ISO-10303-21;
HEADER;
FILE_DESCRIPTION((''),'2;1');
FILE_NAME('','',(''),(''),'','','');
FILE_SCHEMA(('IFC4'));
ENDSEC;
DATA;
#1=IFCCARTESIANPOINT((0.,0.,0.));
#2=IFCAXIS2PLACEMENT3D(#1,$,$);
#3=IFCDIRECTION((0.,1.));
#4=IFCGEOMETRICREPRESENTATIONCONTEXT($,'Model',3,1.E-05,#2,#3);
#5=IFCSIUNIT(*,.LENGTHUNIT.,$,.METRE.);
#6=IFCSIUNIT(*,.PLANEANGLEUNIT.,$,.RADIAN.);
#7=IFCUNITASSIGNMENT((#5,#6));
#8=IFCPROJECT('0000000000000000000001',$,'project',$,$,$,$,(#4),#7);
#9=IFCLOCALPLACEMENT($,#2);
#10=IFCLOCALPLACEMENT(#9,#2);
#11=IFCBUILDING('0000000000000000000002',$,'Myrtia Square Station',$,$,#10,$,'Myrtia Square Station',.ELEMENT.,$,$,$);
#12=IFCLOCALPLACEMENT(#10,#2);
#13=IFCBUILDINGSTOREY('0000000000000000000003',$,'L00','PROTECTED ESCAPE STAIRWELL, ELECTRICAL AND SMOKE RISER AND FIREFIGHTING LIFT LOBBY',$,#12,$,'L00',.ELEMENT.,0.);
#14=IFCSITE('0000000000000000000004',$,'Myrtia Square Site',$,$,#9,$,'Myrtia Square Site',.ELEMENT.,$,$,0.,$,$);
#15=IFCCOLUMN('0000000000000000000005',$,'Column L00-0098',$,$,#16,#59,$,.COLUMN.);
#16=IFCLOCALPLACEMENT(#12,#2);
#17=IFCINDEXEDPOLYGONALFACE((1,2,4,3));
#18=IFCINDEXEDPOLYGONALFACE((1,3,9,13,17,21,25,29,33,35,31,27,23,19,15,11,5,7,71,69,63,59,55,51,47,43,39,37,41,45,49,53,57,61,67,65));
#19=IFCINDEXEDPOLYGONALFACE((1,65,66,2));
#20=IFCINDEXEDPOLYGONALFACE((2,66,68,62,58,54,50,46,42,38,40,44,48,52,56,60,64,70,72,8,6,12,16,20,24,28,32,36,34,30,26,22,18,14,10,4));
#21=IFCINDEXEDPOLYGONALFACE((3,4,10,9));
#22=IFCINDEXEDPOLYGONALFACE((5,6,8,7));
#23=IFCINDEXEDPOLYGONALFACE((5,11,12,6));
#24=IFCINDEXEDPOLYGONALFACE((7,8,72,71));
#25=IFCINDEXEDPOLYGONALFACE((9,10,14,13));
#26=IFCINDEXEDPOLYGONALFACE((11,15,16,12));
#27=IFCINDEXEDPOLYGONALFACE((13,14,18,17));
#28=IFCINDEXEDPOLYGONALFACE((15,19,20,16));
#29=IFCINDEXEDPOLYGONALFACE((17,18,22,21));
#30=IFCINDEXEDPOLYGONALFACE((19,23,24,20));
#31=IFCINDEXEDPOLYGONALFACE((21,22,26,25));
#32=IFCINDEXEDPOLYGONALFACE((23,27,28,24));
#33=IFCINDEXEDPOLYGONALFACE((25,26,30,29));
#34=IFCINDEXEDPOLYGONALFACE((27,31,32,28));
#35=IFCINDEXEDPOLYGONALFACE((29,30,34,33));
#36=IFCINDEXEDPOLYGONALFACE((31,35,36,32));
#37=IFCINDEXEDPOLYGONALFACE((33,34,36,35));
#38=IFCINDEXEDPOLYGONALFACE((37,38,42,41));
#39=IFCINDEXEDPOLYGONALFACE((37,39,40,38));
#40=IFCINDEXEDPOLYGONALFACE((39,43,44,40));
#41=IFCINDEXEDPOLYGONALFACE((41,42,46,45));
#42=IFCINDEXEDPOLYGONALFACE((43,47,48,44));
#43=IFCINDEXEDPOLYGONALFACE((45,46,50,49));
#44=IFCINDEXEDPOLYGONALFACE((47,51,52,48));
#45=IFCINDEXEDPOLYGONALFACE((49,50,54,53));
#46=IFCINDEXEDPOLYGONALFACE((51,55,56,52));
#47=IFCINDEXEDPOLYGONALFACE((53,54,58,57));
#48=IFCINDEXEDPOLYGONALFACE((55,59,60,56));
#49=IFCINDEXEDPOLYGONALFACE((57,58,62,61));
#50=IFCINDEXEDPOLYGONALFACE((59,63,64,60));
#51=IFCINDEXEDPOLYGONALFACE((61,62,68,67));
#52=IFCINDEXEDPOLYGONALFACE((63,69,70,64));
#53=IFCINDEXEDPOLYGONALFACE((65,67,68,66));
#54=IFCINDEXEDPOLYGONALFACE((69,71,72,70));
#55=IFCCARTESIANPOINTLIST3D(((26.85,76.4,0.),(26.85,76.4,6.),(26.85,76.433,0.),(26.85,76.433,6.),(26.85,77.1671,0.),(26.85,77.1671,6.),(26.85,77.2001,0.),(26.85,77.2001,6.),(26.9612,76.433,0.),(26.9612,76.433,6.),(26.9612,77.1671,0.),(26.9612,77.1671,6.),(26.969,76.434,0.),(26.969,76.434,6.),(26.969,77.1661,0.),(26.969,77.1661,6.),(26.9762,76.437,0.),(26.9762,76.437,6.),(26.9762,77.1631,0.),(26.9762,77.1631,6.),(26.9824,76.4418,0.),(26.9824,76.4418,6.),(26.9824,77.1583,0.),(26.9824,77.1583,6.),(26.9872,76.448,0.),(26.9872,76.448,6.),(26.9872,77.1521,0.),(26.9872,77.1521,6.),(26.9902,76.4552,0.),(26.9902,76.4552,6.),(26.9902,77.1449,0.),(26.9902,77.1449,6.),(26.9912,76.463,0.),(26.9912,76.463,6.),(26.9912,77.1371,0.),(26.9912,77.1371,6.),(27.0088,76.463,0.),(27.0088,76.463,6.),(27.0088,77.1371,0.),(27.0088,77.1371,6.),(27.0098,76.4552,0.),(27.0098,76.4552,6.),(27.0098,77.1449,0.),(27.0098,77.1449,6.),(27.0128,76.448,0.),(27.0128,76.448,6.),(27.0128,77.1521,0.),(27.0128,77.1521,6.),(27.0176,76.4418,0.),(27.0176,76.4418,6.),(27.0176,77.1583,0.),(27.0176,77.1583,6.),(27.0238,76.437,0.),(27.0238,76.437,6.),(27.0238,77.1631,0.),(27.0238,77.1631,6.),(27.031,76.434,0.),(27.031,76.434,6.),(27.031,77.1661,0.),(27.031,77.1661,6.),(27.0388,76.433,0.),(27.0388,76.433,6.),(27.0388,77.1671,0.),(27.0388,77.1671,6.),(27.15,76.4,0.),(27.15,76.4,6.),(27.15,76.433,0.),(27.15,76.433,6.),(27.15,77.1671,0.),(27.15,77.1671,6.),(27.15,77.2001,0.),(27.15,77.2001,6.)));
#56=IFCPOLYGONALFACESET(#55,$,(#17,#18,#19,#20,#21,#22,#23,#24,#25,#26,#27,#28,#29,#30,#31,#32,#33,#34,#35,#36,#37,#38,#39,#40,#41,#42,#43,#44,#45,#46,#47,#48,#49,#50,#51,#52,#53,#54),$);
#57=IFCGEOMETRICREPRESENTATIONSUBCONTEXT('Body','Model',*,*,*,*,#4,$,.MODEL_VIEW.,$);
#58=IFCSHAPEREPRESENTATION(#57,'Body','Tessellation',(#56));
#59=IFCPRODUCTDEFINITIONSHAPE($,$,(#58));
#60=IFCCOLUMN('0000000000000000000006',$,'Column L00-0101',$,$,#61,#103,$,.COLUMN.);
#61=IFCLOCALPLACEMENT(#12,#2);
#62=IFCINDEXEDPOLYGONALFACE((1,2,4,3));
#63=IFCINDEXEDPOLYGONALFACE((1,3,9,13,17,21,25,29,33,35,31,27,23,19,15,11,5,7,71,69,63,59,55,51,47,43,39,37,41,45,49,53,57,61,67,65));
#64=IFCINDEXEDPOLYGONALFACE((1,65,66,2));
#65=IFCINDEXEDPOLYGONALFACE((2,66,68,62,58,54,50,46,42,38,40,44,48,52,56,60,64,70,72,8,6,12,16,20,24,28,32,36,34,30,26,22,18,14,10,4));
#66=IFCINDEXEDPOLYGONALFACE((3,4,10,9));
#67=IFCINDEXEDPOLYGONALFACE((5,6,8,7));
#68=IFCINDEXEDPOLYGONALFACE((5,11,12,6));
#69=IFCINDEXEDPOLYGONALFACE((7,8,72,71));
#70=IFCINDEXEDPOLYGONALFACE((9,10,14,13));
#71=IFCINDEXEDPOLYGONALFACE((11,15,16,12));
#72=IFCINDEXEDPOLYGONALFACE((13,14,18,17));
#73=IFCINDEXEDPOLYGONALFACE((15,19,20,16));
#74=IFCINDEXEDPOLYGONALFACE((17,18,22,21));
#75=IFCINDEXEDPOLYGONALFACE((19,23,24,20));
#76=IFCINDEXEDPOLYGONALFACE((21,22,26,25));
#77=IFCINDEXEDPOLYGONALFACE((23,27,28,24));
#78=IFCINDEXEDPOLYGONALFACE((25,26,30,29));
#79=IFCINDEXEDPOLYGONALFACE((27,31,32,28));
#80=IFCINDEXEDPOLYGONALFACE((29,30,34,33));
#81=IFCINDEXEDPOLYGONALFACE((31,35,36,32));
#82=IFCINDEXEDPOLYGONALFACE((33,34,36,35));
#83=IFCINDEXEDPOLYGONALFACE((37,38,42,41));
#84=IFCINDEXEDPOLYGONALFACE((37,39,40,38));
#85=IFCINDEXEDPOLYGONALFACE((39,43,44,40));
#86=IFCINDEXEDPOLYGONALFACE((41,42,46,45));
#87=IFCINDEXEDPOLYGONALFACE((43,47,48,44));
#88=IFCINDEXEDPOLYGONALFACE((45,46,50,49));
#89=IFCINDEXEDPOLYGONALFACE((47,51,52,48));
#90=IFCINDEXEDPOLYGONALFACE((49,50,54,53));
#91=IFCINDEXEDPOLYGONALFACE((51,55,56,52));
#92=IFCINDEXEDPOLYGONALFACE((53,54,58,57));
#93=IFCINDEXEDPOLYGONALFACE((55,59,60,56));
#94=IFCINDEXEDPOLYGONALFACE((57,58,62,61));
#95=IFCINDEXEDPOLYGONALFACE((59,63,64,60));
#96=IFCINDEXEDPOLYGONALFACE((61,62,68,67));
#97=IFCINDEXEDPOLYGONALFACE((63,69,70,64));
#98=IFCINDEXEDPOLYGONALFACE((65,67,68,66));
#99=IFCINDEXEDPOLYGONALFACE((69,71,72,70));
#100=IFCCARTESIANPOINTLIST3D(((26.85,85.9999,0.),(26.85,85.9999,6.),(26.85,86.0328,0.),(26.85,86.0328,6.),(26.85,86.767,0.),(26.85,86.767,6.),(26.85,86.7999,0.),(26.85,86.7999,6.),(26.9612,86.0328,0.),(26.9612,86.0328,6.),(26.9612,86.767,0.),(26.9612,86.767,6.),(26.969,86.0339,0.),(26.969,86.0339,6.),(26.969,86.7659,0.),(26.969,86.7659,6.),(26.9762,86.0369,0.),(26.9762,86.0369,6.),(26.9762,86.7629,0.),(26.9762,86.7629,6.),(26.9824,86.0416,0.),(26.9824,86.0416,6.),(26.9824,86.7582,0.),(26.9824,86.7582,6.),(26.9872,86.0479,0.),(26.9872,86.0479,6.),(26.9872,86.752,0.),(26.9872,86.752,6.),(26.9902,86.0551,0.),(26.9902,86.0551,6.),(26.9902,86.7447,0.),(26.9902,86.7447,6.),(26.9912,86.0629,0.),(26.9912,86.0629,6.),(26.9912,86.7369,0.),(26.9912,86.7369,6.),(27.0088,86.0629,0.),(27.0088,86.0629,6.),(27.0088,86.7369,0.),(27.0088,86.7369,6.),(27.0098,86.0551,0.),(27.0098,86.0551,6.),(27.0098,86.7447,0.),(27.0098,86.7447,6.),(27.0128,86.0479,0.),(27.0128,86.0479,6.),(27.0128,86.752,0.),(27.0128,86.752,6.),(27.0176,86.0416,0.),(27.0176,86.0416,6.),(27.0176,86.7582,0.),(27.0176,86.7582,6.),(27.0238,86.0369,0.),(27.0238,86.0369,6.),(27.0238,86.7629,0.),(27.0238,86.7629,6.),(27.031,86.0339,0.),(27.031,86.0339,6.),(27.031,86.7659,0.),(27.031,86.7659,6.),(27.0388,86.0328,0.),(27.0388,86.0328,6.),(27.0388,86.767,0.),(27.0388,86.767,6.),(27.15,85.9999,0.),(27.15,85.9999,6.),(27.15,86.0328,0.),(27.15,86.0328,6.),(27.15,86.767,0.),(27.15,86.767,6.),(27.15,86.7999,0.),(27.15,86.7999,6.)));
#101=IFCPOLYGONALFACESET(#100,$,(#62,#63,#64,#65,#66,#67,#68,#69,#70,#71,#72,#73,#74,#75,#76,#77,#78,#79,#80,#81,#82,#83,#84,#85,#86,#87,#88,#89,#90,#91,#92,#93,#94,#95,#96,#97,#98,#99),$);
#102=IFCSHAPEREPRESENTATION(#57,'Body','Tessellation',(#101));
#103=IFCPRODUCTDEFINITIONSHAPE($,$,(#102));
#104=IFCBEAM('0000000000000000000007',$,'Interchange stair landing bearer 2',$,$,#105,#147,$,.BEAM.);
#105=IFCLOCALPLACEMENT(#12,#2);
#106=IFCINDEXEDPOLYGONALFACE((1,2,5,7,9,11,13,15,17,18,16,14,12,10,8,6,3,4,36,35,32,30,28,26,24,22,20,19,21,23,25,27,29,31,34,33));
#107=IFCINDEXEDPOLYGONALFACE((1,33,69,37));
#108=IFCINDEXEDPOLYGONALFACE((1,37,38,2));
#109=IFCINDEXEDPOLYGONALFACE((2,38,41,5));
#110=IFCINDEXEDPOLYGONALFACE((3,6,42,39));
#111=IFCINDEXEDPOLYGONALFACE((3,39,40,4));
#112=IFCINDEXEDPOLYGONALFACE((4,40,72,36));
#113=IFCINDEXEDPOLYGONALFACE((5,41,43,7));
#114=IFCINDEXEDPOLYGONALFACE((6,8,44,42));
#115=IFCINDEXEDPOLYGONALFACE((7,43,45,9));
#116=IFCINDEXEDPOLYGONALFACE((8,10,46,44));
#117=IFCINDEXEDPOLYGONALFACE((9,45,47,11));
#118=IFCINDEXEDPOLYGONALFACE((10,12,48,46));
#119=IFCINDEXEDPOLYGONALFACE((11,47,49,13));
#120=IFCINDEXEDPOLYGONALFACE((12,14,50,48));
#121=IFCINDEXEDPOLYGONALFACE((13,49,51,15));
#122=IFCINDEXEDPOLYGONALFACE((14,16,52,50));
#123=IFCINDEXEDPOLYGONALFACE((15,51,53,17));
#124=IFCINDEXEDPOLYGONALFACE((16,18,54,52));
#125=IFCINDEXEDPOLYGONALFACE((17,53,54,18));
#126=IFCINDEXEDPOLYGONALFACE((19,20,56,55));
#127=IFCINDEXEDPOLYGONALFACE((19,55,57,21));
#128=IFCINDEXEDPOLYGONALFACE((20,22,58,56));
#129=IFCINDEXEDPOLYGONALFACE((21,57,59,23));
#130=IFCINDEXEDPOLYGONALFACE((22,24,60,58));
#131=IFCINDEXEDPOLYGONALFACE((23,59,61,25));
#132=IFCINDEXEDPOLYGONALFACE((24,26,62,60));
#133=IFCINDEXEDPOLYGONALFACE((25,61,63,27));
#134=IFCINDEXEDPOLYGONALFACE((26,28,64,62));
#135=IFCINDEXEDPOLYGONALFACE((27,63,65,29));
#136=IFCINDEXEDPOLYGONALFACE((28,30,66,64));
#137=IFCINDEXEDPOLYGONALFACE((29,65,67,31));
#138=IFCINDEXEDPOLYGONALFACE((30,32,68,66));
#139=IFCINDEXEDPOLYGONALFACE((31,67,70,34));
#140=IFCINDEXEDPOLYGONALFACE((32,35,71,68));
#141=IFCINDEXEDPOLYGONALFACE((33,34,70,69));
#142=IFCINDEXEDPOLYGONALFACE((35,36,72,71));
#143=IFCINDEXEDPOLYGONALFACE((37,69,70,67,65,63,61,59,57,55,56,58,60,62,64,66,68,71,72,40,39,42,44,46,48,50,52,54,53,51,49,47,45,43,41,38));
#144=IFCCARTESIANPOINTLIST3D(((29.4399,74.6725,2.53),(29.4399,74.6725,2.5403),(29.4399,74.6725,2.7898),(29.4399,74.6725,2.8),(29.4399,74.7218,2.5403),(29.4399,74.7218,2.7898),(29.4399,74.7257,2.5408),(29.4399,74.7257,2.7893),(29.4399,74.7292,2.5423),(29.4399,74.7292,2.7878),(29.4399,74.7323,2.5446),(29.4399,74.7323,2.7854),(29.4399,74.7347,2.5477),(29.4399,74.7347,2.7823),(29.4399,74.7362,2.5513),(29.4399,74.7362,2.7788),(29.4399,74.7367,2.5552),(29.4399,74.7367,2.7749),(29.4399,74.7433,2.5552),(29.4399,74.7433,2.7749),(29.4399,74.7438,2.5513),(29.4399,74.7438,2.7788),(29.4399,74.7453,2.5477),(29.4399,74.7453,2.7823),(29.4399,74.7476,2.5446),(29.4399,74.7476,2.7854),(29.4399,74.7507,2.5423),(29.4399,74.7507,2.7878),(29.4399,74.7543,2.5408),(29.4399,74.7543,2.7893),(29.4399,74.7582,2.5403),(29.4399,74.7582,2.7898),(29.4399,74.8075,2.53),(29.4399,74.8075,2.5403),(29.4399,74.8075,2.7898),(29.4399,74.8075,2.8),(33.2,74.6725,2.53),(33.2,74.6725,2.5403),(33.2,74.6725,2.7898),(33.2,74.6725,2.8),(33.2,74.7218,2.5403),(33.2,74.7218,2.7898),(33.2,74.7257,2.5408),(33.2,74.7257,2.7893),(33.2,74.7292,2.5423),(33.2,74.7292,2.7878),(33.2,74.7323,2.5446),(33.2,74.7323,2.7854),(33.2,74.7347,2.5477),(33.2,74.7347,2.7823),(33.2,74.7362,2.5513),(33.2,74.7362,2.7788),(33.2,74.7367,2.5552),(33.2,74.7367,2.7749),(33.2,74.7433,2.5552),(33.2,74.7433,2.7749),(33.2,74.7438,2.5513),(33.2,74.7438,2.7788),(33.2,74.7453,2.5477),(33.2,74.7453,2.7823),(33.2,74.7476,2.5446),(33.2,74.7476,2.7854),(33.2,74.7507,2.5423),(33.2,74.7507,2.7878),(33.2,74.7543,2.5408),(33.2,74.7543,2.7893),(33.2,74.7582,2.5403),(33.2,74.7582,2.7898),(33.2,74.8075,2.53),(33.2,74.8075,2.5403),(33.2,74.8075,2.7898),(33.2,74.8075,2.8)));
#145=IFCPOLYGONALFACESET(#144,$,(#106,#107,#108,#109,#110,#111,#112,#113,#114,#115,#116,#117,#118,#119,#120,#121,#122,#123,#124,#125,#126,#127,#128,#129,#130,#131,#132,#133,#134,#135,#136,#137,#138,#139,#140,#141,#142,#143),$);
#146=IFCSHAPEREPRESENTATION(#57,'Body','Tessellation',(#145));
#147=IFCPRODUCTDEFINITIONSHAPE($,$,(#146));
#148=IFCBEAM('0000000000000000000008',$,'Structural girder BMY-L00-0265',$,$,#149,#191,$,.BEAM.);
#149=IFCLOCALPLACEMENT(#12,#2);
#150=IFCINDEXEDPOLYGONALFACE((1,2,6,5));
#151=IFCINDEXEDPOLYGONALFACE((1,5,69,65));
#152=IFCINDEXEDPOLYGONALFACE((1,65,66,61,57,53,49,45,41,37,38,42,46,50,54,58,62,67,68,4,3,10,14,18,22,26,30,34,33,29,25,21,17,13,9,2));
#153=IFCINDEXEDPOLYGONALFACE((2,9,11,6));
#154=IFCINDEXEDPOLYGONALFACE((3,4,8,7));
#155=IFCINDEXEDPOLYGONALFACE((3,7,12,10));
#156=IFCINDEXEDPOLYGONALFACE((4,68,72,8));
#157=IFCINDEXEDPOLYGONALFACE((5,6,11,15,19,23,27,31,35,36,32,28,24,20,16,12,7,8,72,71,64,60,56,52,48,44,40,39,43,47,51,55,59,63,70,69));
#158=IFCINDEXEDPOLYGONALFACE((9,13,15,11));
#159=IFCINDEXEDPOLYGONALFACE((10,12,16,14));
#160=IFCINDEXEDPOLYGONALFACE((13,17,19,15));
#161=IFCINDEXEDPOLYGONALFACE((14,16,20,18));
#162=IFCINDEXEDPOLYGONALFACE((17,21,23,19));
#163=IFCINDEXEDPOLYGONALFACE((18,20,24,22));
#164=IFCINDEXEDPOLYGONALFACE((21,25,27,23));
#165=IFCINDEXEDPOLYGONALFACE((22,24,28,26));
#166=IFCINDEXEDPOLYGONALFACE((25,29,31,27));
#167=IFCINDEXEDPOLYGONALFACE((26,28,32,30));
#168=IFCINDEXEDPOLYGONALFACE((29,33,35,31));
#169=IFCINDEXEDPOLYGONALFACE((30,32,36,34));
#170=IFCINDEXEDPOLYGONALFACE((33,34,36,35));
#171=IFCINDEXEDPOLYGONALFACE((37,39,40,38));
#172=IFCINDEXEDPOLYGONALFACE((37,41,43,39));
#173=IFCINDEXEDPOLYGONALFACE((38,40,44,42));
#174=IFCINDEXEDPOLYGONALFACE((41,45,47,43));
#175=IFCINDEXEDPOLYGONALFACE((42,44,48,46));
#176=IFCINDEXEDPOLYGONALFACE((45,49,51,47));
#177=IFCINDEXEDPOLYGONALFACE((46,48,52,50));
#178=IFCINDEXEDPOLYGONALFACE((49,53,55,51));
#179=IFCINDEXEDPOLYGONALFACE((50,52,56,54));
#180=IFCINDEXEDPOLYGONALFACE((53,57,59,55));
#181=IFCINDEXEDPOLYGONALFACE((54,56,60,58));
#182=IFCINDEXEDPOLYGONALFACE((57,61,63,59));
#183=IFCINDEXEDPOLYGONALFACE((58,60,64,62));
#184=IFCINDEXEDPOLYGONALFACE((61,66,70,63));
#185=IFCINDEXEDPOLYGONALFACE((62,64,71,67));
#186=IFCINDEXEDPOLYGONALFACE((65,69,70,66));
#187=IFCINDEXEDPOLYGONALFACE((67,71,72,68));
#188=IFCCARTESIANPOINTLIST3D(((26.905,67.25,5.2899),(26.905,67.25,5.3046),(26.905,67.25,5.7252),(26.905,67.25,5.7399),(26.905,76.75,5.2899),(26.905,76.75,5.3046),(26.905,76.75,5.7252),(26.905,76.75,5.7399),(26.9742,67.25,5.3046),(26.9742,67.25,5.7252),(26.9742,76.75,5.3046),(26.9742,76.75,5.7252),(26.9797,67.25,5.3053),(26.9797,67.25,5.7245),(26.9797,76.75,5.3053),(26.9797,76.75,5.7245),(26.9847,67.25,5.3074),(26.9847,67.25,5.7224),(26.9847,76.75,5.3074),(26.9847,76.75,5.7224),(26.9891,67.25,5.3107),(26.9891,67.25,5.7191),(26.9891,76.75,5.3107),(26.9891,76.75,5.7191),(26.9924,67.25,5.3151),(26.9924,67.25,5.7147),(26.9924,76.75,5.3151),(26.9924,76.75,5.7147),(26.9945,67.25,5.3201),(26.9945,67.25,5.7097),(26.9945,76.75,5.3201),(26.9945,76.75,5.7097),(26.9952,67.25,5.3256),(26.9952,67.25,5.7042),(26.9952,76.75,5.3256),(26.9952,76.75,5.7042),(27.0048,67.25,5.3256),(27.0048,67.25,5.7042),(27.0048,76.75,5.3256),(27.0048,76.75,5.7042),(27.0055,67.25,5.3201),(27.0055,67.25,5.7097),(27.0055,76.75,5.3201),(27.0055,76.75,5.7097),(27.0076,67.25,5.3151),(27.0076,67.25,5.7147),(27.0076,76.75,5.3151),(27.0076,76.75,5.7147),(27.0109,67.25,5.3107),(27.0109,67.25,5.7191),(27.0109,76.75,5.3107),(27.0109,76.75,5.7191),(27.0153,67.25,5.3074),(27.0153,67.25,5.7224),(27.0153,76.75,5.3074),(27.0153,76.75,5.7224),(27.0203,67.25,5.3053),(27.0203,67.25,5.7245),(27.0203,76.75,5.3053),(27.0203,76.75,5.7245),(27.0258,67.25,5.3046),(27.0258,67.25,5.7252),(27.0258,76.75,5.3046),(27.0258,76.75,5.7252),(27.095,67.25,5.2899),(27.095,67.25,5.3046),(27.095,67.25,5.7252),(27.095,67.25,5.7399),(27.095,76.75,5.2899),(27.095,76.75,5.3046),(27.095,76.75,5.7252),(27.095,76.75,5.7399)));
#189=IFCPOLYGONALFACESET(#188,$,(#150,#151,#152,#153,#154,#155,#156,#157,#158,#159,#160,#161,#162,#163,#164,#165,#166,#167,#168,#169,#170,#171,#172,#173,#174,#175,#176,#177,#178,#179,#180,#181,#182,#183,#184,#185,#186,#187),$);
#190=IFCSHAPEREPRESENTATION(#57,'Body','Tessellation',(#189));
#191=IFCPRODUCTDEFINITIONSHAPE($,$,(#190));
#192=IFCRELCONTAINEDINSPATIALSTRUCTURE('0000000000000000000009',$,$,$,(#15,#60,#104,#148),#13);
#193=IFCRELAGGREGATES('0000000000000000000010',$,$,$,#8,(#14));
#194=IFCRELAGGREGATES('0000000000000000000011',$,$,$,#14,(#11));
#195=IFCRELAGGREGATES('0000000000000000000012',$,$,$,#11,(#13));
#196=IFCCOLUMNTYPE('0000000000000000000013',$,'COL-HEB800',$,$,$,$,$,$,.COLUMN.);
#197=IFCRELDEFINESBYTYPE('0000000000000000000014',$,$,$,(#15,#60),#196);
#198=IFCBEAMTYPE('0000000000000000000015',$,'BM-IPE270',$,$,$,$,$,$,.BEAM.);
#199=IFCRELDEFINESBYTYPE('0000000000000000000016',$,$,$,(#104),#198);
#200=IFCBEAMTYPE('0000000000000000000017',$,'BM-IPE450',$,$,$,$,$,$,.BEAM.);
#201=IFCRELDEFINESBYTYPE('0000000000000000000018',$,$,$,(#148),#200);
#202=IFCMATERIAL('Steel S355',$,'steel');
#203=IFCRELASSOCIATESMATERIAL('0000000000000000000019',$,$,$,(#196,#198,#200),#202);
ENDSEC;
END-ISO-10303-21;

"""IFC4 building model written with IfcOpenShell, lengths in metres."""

from ifc_helpers import new_model, si_unit, direction, frame, origin, origin_2d, place, context, subcontext, project, spatial, i_section, extrude, material, material_profile, profile_set, type_object, element, save


model = new_model("IFC4")

# Units and contexts
model_context = context("Model", 3, precision=1e-05, world=origin(), true_north=direction((0.0, 1.0)))
body_context = subcontext(model_context, "Body", "Model", "MODEL_VIEW")
ifc_project = project(units=[si_unit("LENGTHUNIT", "METRE"), si_unit("PLANEANGLEUNIT", "RADIAN")], contexts=[model_context])

# Site, building, storey
site_placement = place(None, origin())
site = spatial("IfcSite", under=ifc_project, at=site_placement, Name="Myrtia Square Site", LongName="Myrtia Square Site", CompositionType="ELEMENT", RefElevation=0.0)
building_placement = place(site_placement, origin())
building = spatial("IfcBuilding", under=site, at=building_placement, Name="Myrtia Square Station", LongName="Myrtia Square Station", CompositionType="ELEMENT")
storey_placement = place(building_placement, origin())
storey = spatial("IfcBuildingStorey", under=building, at=storey_placement, Name="L00", Description="PROTECTED ESCAPE STAIRWELL, ELECTRICAL AND SMOKE RISER AND FIREFIGHTING LIFT LOBBY", LongName="L00", CompositionType="ELEMENT", Elevation=0.0)

# Columns
ifc_material_1 = material(Name="Steel S355", Category="steel")
ifc_material_profile_1 = material_profile(ifc_material_1, i_section(OverallWidth=0.3, OverallDepth=0.8, WebThickness=0.0176, FlangeThickness=0.033, FilletRadius=0.03, at=origin_2d()), Name="HEB 800")
ifc_profile_set_1 = profile_set([ifc_material_profile_1], Name="Steel S355")
column_type_1 = type_object("IfcColumnType", Name="COL-HEB800", PredefinedType="COLUMN", material=ifc_profile_set_1)
for number, where, z_axis, x_axis, name in (
    (1, (27.0, 76.8, 0.0), (0.0, 0.0, 1.0), (1.0, 0.0, 0.0), "Column L00-0098"),
    (2, (27.0, 86.3999, 0.0), (0.0, 0.0, 1.0), (1.0, 0.0, 0.0), "Column L00-0101"),
):
    element("IfcColumn", number, at=place(storey_placement, frame(where, z_axis=z_axis, x_axis=x_axis)), inside=storey, type_object=column_type_1, Name=name, PredefinedType="COLUMN", context=body_context, shape_type="SweptSolid", body=[
        extrude(i_section(OverallWidth=0.3, OverallDepth=0.8, WebThickness=0.0176, FlangeThickness=0.033, FilletRadius=0.03, at=origin_2d()), origin(), (0.0, 0.0, 1.0), 6.0),
    ])

# Beams
ifc_material_profile_2 = material_profile(ifc_material_1, i_section(OverallWidth=0.135, OverallDepth=0.27, WebThickness=0.0066, FlangeThickness=0.0103, FilletRadius=0.0149, at=origin_2d()), Name="IPE 270")
ifc_profile_set_2 = profile_set([ifc_material_profile_2], Name="Steel S355")
beam_type_1 = type_object("IfcBeamType", Name="BM-IPE270", PredefinedType="BEAM", material=ifc_profile_set_2)
beam_1_placement = place(storey_placement, frame((29.4399, 74.74, 2.665), z_axis=(1.0, 0.0, 0.0), x_axis=(0.0, 1.0, 0.0)))
element("IfcBeam", 3, at=beam_1_placement, inside=storey, type_object=beam_type_1, Name="Interchange stair landing bearer 2", PredefinedType="BEAM", context=body_context, shape_type="SweptSolid", body=[
    extrude(i_section(OverallWidth=0.135, OverallDepth=0.27, WebThickness=0.0066, FlangeThickness=0.0103, FilletRadius=0.0149, at=origin_2d()), origin(), (0.0, 0.0, 1.0), 3.76),
])
ifc_material_profile_3 = material_profile(ifc_material_1, i_section(OverallWidth=0.1899, OverallDepth=0.45, WebThickness=0.0095, FlangeThickness=0.0146, FilletRadius=0.021, at=origin_2d()), Name="IPE 450")
ifc_profile_set_3 = profile_set([ifc_material_profile_3], Name="Steel S355")
beam_type_2 = type_object("IfcBeamType", Name="BM-IPE450", PredefinedType="BEAM", material=ifc_profile_set_3)
for number, where, z_axis, x_axis, name in (
    (4, (27.0, 67.25, 5.5149), (0.0, 1.0, 0.0), (-1.0, 0.0, 0.0), "Structural girder BMY-L00-0265"),
):
    element("IfcBeam", number, at=place(storey_placement, frame(where, z_axis=z_axis, x_axis=x_axis)), inside=storey, type_object=beam_type_2, Name=name, PredefinedType="BEAM", context=body_context, shape_type="SweptSolid", body=[
        extrude(i_section(OverallWidth=0.1899, OverallDepth=0.45, WebThickness=0.0095, FlangeThickness=0.0146, FilletRadius=0.021, at=origin_2d()), origin(), (0.0, 0.0, 1.0), 9.5),
    ])

save(model, "model.ifc")
